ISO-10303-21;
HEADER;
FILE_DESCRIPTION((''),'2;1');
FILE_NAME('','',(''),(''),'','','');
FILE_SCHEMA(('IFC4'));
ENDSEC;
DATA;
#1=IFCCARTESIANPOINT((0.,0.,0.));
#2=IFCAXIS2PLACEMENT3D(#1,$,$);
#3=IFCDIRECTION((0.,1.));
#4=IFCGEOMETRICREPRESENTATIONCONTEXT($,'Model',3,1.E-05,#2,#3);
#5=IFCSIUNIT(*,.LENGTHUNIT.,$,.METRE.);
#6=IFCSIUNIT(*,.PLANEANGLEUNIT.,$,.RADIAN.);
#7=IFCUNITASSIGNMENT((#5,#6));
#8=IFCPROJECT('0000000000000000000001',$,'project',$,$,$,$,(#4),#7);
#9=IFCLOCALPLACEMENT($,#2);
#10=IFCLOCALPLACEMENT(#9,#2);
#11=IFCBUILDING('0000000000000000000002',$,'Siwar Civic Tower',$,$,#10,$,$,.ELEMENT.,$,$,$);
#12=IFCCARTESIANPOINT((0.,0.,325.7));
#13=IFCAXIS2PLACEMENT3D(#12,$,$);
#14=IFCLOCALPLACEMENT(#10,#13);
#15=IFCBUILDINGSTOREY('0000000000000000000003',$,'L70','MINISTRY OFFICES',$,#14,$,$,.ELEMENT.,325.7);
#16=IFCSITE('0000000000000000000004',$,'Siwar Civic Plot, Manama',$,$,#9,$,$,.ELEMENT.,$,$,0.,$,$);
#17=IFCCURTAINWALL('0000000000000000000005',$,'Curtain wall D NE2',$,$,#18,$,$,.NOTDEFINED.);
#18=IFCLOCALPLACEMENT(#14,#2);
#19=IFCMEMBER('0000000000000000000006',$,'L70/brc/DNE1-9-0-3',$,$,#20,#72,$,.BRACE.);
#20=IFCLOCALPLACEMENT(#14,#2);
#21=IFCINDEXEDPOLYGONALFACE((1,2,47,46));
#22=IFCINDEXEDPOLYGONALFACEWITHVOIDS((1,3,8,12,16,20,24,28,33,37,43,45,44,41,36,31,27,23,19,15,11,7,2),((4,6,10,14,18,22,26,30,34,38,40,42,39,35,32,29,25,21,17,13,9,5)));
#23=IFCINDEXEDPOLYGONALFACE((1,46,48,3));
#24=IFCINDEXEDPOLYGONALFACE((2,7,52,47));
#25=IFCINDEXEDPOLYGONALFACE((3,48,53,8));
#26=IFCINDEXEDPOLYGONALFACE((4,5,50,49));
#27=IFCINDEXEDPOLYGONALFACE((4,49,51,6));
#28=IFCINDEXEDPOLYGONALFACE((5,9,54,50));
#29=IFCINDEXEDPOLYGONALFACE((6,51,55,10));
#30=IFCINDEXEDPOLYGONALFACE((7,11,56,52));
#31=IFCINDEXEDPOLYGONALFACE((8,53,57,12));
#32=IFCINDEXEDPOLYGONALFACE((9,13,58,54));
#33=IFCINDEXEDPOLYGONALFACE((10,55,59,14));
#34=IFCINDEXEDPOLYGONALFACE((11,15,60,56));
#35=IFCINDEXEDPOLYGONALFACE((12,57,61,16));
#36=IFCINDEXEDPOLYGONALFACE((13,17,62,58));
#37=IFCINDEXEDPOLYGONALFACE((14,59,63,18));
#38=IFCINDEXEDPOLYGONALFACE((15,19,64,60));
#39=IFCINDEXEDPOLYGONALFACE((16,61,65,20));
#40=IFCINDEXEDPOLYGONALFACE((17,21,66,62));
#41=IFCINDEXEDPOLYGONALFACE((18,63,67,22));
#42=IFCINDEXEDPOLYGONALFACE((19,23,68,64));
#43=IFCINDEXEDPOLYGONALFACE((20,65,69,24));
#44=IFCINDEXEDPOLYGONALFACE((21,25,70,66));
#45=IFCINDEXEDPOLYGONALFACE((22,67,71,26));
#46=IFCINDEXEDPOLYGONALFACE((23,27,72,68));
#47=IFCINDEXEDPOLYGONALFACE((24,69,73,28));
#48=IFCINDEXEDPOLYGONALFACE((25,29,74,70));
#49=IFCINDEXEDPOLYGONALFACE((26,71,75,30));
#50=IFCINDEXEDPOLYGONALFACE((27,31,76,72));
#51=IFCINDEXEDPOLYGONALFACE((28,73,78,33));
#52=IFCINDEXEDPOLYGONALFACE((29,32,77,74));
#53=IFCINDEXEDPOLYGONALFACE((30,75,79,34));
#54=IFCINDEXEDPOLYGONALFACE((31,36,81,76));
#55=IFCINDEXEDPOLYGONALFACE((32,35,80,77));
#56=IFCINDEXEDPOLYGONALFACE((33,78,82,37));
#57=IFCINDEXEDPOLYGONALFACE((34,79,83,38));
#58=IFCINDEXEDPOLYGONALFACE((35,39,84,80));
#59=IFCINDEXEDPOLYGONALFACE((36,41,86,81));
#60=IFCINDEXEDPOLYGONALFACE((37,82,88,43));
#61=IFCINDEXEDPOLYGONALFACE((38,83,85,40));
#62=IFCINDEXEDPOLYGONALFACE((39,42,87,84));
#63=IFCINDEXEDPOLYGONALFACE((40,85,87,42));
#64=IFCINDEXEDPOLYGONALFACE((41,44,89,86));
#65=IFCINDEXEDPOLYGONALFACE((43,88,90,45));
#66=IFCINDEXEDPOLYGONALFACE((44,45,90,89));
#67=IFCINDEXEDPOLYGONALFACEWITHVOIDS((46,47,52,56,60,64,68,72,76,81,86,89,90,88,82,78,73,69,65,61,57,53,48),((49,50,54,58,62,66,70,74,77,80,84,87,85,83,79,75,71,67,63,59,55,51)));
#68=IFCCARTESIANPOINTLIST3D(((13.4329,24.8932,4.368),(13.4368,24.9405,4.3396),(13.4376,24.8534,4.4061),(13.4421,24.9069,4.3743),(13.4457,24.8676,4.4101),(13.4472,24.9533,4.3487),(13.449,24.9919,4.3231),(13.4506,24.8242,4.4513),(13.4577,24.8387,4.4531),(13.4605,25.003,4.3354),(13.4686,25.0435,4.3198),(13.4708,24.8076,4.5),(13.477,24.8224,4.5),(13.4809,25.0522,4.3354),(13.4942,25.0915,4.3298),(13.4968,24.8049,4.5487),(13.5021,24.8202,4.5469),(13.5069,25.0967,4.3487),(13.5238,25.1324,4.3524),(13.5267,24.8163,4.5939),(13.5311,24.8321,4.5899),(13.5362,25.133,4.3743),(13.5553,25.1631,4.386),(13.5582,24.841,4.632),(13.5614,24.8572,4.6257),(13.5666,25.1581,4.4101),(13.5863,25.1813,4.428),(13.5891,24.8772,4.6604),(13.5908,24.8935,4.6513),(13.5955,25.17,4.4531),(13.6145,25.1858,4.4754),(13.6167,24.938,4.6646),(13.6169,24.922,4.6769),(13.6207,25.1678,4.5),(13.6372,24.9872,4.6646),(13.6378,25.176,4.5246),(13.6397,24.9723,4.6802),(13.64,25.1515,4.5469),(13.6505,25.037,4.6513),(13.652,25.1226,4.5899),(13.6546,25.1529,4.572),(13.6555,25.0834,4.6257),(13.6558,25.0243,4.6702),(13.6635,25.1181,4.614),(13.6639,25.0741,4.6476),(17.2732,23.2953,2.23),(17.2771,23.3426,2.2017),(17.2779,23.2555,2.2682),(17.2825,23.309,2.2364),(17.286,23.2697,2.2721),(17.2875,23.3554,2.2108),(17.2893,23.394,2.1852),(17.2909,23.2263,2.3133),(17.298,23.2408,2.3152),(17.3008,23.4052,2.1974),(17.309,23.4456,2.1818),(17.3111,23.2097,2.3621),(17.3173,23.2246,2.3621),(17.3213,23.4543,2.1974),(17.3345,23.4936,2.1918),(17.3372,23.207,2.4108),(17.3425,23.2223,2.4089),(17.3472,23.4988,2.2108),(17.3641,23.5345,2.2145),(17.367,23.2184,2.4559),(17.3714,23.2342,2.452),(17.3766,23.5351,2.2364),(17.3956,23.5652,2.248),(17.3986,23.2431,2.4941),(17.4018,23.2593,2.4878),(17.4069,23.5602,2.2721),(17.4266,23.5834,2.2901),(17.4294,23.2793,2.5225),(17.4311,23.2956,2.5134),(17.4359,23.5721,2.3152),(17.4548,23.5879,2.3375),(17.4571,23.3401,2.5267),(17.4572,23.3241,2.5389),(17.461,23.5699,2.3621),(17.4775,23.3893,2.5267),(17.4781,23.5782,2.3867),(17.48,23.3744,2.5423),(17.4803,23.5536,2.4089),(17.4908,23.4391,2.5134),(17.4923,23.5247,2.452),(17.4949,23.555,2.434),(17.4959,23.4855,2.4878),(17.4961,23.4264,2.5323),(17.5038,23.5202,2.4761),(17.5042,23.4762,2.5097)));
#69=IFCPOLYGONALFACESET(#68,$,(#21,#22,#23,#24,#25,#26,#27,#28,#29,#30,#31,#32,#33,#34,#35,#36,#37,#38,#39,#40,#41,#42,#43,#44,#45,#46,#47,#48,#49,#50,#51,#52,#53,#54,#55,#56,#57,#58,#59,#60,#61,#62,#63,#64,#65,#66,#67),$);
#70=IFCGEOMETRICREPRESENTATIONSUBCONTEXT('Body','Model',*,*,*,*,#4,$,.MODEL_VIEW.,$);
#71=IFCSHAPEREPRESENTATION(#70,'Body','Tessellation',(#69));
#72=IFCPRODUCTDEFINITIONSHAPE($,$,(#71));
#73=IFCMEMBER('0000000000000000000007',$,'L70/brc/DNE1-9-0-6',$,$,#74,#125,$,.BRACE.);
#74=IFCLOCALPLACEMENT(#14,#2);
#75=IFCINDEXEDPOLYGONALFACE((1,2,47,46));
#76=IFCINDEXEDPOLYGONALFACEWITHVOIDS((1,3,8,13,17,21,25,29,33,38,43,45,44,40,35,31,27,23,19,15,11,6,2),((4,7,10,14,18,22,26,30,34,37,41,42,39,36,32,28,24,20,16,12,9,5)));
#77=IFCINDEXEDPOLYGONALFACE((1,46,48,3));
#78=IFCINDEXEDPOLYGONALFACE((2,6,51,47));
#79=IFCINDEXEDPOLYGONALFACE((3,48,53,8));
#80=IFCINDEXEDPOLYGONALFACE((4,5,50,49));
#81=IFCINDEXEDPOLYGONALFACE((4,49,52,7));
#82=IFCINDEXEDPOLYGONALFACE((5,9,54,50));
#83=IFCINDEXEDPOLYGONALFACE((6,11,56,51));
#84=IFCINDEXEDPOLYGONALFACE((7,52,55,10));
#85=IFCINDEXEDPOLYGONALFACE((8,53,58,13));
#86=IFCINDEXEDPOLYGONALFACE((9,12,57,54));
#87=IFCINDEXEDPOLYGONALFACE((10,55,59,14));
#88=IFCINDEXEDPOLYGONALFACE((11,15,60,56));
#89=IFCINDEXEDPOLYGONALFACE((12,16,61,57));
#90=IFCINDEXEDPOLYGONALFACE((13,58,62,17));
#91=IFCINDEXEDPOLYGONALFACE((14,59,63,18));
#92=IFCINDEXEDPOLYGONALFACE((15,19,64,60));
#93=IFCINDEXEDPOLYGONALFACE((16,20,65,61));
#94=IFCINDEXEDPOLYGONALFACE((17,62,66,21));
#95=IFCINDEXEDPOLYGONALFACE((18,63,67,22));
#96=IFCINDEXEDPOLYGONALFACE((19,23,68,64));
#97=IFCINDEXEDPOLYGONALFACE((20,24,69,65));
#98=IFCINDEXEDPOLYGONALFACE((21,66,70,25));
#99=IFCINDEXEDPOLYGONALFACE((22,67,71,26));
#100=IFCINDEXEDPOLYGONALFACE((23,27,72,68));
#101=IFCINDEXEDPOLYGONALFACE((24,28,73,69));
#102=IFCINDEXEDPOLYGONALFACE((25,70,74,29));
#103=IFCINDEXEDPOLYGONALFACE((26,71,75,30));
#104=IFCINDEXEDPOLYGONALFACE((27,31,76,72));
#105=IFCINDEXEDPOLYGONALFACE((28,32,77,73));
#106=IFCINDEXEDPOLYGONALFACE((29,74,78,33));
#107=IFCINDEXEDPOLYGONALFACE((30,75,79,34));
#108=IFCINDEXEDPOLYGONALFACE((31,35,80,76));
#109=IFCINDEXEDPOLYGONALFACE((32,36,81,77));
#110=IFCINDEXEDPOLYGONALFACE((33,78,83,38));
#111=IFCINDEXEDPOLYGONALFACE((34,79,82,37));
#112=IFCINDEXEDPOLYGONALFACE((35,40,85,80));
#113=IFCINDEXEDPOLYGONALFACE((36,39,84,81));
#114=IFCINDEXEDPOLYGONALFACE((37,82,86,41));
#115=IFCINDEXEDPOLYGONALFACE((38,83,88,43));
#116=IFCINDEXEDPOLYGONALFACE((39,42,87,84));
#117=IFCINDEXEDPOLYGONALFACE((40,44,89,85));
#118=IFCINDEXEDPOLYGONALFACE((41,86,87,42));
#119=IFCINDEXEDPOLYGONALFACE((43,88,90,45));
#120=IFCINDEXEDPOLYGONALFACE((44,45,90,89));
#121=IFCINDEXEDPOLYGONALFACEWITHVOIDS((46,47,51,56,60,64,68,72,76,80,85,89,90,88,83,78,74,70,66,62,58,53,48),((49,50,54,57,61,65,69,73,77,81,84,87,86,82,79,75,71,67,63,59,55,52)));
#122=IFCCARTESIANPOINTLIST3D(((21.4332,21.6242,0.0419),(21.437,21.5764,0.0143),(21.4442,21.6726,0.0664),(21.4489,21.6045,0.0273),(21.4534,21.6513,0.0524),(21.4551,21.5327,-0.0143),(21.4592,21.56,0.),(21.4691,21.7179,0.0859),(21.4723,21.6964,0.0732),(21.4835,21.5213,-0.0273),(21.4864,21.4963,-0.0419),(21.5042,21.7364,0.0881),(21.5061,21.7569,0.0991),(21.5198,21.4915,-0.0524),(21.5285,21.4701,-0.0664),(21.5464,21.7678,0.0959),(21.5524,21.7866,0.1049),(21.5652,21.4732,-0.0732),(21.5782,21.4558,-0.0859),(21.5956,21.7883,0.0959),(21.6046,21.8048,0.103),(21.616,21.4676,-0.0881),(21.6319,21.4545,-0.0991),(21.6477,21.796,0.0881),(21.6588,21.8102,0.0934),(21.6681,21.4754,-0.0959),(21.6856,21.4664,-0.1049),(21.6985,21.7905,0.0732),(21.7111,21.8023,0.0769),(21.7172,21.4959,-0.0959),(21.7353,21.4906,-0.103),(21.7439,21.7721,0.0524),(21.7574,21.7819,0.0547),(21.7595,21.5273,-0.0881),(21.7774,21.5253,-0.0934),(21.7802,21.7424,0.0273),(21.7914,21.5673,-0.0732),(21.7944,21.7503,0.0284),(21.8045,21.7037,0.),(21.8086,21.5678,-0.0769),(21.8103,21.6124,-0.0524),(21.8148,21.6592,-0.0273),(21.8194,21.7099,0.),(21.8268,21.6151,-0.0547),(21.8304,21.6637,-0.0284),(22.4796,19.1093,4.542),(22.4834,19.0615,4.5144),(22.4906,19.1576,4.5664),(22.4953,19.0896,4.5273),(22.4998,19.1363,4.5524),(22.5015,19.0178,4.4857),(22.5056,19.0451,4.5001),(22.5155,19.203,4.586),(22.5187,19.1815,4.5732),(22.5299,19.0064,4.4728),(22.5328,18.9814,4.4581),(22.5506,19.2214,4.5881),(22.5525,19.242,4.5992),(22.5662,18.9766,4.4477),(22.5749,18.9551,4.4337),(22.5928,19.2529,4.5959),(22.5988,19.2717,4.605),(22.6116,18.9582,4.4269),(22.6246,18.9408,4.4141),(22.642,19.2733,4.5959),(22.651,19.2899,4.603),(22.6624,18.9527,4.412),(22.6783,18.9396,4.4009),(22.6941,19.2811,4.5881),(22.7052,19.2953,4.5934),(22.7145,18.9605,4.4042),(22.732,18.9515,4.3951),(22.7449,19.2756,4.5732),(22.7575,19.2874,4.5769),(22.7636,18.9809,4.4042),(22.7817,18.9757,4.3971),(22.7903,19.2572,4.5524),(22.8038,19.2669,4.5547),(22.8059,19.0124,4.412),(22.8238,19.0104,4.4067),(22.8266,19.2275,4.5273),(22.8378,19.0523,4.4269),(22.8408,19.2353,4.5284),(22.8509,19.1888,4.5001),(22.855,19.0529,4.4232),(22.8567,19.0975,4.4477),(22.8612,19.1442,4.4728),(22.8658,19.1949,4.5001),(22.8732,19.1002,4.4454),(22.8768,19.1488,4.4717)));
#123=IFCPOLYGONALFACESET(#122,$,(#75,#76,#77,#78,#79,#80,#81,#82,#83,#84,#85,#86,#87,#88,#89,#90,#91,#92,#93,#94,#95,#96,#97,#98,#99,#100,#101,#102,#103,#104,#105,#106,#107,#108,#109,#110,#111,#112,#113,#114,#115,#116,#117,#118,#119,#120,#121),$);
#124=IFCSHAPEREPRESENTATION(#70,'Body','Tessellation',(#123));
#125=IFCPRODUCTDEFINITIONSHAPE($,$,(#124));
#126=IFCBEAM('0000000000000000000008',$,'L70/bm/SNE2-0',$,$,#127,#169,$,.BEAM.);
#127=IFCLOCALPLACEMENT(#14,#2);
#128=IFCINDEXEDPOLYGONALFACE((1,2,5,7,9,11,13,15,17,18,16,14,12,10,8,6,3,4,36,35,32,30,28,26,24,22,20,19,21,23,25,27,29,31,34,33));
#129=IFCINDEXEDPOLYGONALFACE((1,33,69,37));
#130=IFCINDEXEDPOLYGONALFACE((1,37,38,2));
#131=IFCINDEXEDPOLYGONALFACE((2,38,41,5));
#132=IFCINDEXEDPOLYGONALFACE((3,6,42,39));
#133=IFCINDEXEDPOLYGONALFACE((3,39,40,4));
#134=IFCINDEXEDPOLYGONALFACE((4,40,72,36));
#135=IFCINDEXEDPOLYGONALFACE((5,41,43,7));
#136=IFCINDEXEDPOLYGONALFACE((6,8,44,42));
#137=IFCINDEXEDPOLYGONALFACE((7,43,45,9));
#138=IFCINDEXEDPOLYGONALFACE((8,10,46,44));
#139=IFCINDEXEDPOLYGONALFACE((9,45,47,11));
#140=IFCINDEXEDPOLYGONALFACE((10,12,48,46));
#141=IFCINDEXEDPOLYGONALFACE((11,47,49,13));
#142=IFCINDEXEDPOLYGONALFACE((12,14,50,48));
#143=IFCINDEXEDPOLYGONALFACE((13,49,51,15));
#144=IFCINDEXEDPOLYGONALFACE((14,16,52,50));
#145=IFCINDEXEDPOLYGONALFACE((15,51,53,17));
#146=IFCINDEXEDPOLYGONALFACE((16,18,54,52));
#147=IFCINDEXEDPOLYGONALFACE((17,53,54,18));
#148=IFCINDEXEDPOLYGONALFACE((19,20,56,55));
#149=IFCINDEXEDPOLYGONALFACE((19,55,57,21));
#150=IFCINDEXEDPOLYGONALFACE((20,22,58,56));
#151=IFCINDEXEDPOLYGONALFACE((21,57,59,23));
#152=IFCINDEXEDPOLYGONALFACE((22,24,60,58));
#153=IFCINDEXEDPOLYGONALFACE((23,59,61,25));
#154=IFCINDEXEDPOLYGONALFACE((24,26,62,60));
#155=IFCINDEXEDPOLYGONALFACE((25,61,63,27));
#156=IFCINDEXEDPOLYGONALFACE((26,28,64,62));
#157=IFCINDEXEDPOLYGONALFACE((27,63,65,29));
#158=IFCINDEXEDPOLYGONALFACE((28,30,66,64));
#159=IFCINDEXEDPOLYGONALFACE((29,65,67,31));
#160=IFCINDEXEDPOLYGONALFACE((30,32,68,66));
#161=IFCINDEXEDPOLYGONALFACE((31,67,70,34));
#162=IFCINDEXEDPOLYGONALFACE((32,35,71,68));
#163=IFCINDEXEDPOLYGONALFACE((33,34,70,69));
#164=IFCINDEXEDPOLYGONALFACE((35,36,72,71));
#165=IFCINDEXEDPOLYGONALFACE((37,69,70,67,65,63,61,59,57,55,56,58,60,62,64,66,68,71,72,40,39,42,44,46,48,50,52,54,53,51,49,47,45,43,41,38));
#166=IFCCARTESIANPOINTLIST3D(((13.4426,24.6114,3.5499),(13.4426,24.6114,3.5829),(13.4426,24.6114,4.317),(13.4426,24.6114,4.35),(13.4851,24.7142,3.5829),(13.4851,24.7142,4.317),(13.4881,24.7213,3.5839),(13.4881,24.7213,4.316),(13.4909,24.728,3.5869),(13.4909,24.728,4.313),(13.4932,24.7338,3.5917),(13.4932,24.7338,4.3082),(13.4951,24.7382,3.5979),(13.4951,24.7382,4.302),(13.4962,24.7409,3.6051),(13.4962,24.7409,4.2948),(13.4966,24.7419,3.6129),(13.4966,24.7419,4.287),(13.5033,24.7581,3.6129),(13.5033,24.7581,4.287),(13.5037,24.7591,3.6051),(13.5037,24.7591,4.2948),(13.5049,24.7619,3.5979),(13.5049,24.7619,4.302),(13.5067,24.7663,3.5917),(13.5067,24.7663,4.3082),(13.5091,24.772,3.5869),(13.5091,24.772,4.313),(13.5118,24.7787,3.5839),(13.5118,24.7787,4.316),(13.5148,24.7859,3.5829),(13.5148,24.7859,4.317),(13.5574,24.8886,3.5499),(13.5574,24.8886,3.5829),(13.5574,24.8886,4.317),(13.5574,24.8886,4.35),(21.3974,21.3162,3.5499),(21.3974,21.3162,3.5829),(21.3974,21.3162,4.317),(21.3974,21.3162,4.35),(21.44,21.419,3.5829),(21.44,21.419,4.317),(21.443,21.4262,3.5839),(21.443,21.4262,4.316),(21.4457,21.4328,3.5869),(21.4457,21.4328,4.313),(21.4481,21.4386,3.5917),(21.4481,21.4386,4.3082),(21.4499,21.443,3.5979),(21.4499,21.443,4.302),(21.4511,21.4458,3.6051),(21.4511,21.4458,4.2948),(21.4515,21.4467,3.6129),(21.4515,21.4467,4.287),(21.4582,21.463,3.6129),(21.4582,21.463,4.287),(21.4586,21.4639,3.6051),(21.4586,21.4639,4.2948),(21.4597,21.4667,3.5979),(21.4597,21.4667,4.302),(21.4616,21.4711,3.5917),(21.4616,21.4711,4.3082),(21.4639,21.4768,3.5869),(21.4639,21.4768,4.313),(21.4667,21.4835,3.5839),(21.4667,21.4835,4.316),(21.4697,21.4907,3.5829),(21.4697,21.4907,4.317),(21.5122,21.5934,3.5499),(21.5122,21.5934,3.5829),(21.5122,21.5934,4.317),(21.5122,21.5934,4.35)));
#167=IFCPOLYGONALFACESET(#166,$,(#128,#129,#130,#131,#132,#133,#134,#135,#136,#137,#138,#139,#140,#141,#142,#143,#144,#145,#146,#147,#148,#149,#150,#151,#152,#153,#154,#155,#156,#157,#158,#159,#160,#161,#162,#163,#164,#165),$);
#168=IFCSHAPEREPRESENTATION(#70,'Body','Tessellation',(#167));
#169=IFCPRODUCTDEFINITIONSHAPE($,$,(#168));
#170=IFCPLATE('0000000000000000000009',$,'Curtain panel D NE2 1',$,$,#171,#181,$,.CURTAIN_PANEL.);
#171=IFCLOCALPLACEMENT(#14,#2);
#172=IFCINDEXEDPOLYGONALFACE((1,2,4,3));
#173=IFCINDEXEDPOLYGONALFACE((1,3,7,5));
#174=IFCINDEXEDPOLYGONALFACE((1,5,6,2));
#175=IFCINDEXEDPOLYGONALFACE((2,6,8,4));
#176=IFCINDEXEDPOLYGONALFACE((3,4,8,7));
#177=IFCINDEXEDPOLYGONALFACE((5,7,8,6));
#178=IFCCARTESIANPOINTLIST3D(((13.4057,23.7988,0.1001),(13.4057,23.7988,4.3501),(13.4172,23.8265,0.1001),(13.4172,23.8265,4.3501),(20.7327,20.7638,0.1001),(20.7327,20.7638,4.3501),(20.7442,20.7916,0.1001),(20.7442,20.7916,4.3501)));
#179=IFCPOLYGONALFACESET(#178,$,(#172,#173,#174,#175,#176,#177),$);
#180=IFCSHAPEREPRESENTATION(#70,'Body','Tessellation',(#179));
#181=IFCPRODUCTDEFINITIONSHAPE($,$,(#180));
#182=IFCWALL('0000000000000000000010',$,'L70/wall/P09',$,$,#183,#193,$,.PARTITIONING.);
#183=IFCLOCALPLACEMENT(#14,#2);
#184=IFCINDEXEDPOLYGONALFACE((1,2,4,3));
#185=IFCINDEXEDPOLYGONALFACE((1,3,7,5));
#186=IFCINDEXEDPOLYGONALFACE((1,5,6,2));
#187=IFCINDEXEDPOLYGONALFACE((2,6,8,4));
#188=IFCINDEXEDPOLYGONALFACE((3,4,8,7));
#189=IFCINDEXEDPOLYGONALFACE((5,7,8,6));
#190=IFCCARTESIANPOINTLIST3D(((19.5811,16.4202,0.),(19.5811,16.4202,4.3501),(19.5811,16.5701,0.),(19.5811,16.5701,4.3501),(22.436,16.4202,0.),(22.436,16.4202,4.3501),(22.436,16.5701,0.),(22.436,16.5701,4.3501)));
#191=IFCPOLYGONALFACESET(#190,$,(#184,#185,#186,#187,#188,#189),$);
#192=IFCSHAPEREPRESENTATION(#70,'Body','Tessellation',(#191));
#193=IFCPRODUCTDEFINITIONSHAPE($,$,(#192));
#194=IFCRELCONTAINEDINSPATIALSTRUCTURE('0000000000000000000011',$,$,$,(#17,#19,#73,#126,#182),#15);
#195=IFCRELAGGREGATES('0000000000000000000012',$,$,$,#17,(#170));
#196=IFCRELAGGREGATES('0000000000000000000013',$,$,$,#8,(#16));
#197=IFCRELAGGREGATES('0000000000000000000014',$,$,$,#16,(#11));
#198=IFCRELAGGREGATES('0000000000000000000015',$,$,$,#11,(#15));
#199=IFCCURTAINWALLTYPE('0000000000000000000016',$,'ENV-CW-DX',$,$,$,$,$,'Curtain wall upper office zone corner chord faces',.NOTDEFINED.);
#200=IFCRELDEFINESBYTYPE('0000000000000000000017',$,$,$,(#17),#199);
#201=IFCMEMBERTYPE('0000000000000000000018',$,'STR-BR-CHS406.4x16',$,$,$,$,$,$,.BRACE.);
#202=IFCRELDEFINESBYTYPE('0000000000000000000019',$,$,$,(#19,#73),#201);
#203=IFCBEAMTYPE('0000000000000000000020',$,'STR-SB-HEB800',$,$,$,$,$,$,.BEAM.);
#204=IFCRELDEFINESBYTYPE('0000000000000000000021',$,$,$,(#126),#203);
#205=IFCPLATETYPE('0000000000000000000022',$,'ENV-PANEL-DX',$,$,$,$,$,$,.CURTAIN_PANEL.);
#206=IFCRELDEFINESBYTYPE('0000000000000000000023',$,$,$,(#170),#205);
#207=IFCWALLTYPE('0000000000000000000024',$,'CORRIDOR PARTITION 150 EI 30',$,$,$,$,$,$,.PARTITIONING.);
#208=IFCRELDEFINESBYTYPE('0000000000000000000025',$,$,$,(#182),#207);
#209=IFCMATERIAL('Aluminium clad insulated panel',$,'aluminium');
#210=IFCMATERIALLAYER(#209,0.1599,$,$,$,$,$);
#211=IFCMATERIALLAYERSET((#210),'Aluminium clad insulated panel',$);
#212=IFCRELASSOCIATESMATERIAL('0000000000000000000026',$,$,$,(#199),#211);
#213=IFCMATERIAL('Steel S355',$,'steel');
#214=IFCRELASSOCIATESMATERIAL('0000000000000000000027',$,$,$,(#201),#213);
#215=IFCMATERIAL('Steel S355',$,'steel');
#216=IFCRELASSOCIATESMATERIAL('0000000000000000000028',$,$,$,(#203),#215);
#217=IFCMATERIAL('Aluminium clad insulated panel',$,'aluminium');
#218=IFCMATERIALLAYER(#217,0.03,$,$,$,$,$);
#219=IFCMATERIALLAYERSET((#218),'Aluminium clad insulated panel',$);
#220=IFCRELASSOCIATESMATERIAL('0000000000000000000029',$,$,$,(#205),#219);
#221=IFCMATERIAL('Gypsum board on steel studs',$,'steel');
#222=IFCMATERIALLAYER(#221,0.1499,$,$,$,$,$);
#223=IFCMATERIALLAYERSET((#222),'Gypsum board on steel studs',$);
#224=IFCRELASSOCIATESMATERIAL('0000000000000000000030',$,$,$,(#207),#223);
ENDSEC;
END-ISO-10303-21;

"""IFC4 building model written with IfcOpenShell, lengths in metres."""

from ifc_helpers import new_model, si_unit, direction, frame, frame_2d, origin, origin_2d, place, context, subcontext, project, spatial, rectangle, hollow_circle, i_section, extrude, material, layer, layer_set, material_profile, profile_set, type_object, element, aggregate, save


model = new_model("IFC4")

# Units and contexts
model_context = context("Model", 3, precision=1e-05, world=origin(), true_north=direction((0.0, 1.0)))
body_context = subcontext(model_context, "Body", "Model", "MODEL_VIEW")
ifc_project = project(units=[si_unit("LENGTHUNIT", "METRE"), si_unit("PLANEANGLEUNIT", "RADIAN")], contexts=[model_context])

# Site, building, storey
site_placement = place(None, origin())
site = spatial("IfcSite", under=ifc_project, at=site_placement, Name="Siwar Civic Plot, Manama", CompositionType="ELEMENT", RefElevation=0.0)
building_placement = place(site_placement, origin())
building = spatial("IfcBuilding", under=site, at=building_placement, Name="Siwar Civic Tower", CompositionType="ELEMENT")
storey_placement = place(building_placement, frame((0.0, 0.0, 325.7)))
storey = spatial("IfcBuildingStorey", under=building, at=storey_placement, Name="L70", Description="MINISTRY OFFICES", CompositionType="ELEMENT", Elevation=325.7)

# Shared definitions
ifc_material_1 = material(Name="Aluminium clad insulated panel", Category="aluminium")
ifc_layer_1 = layer(ifc_material_1, 0.1599)
ifc_layer_set_1 = layer_set([ifc_layer_1], Name="Aluminium clad insulated panel")
curtain_wall_type = type_object("IfcCurtainWallType", Name="ENV-CW-DX", ElementType="Curtain wall upper office zone corner chord faces", PredefinedType="NOTDEFINED", material=ifc_layer_set_1)

# Curtain wall
curtain_wall_1_placement = place(storey_placement, origin())
curtain_wall_1 = element("IfcCurtainWall", 1, at=curtain_wall_1_placement, inside=storey, type_object=curtain_wall_type, Name="Curtain wall D NE2", PredefinedType="NOTDEFINED")

# Members
ifc_material_2 = material(Name="Steel S355", Category="steel")
ifc_material_profile_1 = material_profile(ifc_material_2, hollow_circle(Radius=0.2031, WallThickness=0.0161, at=origin_2d()), Name="CHS406.4x16")
ifc_profile_set_1 = profile_set([ifc_material_profile_1], Name="Steel S355")
member_type_1 = type_object("IfcMemberType", Name="STR-BR-CHS406.4x16", PredefinedType="BRACE", material=ifc_profile_set_1)
member_1_placement = place(storey_placement, frame((17.3892, 23.3972, 2.3621), z_axis=(-0.82115, 0.341667, 0.45714), x_axis=(-0.384157, -0.923268, 0.0)))
element("IfcMember", 2, at=member_1_placement, inside=storey, type_object=member_type_1, Name="L70/brc/DNE1-9-0-3", PredefinedType="BRACE", context=body_context, shape_type="SweptSolid", body=[
    extrude(hollow_circle(Radius=0.2031, WallThickness=0.0161, at=origin_2d()), origin(), (0.0, 0.0, 1.0), 4.6768),
])
member_2_placement = place(storey_placement, frame((21.6318, 21.6318, 0.0), z_axis=(0.198926, -0.478099, 0.855482), x_axis=(0.92327, 0.384151, 0.0)))
element("IfcMember", 3, at=member_2_placement, inside=storey, type_object=member_type_1, Name="L70/brc/DNE1-9-0-6", PredefinedType="BRACE", context=body_context, shape_type="SweptSolid", body=[
    extrude(hollow_circle(Radius=0.2031, WallThickness=0.0161, at=origin_2d()), origin(), (0.0, 0.0, 1.0), 5.2603),
])

# Beam
ifc_material_3 = material(Name="Steel S355", Category="steel")
ifc_material_profile_2 = material_profile(ifc_material_3, i_section(OverallWidth=0.3, OverallDepth=0.8, WebThickness=0.0176, FlangeThickness=0.033, FilletRadius=0.03, at=origin_2d()), Name="HEB800")
ifc_profile_set_2 = profile_set([ifc_material_profile_2], Name="Steel S355")
beam_type_1 = type_object("IfcBeamType", Name="STR-SB-HEB800", PredefinedType="BEAM", material=ifc_profile_set_2)
beam_1_placement = place(storey_placement, frame((21.4548, 21.4548, 3.95), z_axis=(-0.923873, 0.3827, 0.0), x_axis=(-0.3827, -0.923873, 0.0)))
element("IfcBeam", 4, at=beam_1_placement, inside=storey, type_object=beam_type_1, Name="L70/bm/SNE2-0", PredefinedType="BEAM", context=body_context, shape_type="SweptSolid", body=[
    extrude(i_section(OverallWidth=0.3, OverallDepth=0.8, WebThickness=0.0176, FlangeThickness=0.033, FilletRadius=0.03, at=origin_2d()), origin(), (0.0, 0.0, 1.0), 8.6104),
])

# Plate
ifc_material_4 = material(Name="Aluminium clad insulated panel", Category="aluminium")
ifc_layer_2 = layer(ifc_material_4, 0.03)
ifc_layer_set_2 = layer_set([ifc_layer_2], Name="Aluminium clad insulated panel")
plate_type = type_object("IfcPlateType", Name="ENV-PANEL-DX", PredefinedType="CURTAIN_PANEL", material=ifc_layer_set_2)
plate_placement = place(storey_placement, frame((17.075, 22.2952, 0.1001), z_axis=(0.0, 0.0, 1.0), x_axis=(-0.92388, 0.382683, 0.0)))
plate = element("IfcPlate", 5, at=plate_placement, type_object=plate_type, Name="Curtain panel D NE2 1", PredefinedType="CURTAIN_PANEL", context=body_context, shape_type="SweptSolid", body=[
    extrude(rectangle(XDim=7.9307, YDim=0.03, at=origin_2d()), origin(), (0.0, 0.0, 1.0), 4.25),
])
aggregate(curtain_wall_1, [plate])

# Wall
ifc_material_5 = material(Name="Gypsum board on steel studs", Category="steel")
ifc_layer_3 = layer(ifc_material_5, 0.1499)
ifc_layer_set_3 = layer_set([ifc_layer_3], Name="Gypsum board on steel studs")
wall_type_1 = type_object("IfcWallType", Name="CORRIDOR PARTITION 150 EI 30", PredefinedType="PARTITIONING", material=ifc_layer_set_3)
wall_1_placement = place(storey_placement, frame((19.5811, 16.4951, 0.0), z_axis=(0.0, 0.0, 1.0), x_axis=(1.0, 0.0, 0.0)))
element("IfcWall", 6, at=wall_1_placement, inside=storey, type_object=wall_type_1, Name="L70/wall/P09", PredefinedType="PARTITIONING", context=body_context, shape_type="SweptSolid", body=[
    extrude(rectangle(XDim=2.855, YDim=0.1499, at=frame_2d((1.4275, 0.0))), origin(), (0.0, 0.0, 1.0), 4.3501),
])

save(model, "model.ifc")
